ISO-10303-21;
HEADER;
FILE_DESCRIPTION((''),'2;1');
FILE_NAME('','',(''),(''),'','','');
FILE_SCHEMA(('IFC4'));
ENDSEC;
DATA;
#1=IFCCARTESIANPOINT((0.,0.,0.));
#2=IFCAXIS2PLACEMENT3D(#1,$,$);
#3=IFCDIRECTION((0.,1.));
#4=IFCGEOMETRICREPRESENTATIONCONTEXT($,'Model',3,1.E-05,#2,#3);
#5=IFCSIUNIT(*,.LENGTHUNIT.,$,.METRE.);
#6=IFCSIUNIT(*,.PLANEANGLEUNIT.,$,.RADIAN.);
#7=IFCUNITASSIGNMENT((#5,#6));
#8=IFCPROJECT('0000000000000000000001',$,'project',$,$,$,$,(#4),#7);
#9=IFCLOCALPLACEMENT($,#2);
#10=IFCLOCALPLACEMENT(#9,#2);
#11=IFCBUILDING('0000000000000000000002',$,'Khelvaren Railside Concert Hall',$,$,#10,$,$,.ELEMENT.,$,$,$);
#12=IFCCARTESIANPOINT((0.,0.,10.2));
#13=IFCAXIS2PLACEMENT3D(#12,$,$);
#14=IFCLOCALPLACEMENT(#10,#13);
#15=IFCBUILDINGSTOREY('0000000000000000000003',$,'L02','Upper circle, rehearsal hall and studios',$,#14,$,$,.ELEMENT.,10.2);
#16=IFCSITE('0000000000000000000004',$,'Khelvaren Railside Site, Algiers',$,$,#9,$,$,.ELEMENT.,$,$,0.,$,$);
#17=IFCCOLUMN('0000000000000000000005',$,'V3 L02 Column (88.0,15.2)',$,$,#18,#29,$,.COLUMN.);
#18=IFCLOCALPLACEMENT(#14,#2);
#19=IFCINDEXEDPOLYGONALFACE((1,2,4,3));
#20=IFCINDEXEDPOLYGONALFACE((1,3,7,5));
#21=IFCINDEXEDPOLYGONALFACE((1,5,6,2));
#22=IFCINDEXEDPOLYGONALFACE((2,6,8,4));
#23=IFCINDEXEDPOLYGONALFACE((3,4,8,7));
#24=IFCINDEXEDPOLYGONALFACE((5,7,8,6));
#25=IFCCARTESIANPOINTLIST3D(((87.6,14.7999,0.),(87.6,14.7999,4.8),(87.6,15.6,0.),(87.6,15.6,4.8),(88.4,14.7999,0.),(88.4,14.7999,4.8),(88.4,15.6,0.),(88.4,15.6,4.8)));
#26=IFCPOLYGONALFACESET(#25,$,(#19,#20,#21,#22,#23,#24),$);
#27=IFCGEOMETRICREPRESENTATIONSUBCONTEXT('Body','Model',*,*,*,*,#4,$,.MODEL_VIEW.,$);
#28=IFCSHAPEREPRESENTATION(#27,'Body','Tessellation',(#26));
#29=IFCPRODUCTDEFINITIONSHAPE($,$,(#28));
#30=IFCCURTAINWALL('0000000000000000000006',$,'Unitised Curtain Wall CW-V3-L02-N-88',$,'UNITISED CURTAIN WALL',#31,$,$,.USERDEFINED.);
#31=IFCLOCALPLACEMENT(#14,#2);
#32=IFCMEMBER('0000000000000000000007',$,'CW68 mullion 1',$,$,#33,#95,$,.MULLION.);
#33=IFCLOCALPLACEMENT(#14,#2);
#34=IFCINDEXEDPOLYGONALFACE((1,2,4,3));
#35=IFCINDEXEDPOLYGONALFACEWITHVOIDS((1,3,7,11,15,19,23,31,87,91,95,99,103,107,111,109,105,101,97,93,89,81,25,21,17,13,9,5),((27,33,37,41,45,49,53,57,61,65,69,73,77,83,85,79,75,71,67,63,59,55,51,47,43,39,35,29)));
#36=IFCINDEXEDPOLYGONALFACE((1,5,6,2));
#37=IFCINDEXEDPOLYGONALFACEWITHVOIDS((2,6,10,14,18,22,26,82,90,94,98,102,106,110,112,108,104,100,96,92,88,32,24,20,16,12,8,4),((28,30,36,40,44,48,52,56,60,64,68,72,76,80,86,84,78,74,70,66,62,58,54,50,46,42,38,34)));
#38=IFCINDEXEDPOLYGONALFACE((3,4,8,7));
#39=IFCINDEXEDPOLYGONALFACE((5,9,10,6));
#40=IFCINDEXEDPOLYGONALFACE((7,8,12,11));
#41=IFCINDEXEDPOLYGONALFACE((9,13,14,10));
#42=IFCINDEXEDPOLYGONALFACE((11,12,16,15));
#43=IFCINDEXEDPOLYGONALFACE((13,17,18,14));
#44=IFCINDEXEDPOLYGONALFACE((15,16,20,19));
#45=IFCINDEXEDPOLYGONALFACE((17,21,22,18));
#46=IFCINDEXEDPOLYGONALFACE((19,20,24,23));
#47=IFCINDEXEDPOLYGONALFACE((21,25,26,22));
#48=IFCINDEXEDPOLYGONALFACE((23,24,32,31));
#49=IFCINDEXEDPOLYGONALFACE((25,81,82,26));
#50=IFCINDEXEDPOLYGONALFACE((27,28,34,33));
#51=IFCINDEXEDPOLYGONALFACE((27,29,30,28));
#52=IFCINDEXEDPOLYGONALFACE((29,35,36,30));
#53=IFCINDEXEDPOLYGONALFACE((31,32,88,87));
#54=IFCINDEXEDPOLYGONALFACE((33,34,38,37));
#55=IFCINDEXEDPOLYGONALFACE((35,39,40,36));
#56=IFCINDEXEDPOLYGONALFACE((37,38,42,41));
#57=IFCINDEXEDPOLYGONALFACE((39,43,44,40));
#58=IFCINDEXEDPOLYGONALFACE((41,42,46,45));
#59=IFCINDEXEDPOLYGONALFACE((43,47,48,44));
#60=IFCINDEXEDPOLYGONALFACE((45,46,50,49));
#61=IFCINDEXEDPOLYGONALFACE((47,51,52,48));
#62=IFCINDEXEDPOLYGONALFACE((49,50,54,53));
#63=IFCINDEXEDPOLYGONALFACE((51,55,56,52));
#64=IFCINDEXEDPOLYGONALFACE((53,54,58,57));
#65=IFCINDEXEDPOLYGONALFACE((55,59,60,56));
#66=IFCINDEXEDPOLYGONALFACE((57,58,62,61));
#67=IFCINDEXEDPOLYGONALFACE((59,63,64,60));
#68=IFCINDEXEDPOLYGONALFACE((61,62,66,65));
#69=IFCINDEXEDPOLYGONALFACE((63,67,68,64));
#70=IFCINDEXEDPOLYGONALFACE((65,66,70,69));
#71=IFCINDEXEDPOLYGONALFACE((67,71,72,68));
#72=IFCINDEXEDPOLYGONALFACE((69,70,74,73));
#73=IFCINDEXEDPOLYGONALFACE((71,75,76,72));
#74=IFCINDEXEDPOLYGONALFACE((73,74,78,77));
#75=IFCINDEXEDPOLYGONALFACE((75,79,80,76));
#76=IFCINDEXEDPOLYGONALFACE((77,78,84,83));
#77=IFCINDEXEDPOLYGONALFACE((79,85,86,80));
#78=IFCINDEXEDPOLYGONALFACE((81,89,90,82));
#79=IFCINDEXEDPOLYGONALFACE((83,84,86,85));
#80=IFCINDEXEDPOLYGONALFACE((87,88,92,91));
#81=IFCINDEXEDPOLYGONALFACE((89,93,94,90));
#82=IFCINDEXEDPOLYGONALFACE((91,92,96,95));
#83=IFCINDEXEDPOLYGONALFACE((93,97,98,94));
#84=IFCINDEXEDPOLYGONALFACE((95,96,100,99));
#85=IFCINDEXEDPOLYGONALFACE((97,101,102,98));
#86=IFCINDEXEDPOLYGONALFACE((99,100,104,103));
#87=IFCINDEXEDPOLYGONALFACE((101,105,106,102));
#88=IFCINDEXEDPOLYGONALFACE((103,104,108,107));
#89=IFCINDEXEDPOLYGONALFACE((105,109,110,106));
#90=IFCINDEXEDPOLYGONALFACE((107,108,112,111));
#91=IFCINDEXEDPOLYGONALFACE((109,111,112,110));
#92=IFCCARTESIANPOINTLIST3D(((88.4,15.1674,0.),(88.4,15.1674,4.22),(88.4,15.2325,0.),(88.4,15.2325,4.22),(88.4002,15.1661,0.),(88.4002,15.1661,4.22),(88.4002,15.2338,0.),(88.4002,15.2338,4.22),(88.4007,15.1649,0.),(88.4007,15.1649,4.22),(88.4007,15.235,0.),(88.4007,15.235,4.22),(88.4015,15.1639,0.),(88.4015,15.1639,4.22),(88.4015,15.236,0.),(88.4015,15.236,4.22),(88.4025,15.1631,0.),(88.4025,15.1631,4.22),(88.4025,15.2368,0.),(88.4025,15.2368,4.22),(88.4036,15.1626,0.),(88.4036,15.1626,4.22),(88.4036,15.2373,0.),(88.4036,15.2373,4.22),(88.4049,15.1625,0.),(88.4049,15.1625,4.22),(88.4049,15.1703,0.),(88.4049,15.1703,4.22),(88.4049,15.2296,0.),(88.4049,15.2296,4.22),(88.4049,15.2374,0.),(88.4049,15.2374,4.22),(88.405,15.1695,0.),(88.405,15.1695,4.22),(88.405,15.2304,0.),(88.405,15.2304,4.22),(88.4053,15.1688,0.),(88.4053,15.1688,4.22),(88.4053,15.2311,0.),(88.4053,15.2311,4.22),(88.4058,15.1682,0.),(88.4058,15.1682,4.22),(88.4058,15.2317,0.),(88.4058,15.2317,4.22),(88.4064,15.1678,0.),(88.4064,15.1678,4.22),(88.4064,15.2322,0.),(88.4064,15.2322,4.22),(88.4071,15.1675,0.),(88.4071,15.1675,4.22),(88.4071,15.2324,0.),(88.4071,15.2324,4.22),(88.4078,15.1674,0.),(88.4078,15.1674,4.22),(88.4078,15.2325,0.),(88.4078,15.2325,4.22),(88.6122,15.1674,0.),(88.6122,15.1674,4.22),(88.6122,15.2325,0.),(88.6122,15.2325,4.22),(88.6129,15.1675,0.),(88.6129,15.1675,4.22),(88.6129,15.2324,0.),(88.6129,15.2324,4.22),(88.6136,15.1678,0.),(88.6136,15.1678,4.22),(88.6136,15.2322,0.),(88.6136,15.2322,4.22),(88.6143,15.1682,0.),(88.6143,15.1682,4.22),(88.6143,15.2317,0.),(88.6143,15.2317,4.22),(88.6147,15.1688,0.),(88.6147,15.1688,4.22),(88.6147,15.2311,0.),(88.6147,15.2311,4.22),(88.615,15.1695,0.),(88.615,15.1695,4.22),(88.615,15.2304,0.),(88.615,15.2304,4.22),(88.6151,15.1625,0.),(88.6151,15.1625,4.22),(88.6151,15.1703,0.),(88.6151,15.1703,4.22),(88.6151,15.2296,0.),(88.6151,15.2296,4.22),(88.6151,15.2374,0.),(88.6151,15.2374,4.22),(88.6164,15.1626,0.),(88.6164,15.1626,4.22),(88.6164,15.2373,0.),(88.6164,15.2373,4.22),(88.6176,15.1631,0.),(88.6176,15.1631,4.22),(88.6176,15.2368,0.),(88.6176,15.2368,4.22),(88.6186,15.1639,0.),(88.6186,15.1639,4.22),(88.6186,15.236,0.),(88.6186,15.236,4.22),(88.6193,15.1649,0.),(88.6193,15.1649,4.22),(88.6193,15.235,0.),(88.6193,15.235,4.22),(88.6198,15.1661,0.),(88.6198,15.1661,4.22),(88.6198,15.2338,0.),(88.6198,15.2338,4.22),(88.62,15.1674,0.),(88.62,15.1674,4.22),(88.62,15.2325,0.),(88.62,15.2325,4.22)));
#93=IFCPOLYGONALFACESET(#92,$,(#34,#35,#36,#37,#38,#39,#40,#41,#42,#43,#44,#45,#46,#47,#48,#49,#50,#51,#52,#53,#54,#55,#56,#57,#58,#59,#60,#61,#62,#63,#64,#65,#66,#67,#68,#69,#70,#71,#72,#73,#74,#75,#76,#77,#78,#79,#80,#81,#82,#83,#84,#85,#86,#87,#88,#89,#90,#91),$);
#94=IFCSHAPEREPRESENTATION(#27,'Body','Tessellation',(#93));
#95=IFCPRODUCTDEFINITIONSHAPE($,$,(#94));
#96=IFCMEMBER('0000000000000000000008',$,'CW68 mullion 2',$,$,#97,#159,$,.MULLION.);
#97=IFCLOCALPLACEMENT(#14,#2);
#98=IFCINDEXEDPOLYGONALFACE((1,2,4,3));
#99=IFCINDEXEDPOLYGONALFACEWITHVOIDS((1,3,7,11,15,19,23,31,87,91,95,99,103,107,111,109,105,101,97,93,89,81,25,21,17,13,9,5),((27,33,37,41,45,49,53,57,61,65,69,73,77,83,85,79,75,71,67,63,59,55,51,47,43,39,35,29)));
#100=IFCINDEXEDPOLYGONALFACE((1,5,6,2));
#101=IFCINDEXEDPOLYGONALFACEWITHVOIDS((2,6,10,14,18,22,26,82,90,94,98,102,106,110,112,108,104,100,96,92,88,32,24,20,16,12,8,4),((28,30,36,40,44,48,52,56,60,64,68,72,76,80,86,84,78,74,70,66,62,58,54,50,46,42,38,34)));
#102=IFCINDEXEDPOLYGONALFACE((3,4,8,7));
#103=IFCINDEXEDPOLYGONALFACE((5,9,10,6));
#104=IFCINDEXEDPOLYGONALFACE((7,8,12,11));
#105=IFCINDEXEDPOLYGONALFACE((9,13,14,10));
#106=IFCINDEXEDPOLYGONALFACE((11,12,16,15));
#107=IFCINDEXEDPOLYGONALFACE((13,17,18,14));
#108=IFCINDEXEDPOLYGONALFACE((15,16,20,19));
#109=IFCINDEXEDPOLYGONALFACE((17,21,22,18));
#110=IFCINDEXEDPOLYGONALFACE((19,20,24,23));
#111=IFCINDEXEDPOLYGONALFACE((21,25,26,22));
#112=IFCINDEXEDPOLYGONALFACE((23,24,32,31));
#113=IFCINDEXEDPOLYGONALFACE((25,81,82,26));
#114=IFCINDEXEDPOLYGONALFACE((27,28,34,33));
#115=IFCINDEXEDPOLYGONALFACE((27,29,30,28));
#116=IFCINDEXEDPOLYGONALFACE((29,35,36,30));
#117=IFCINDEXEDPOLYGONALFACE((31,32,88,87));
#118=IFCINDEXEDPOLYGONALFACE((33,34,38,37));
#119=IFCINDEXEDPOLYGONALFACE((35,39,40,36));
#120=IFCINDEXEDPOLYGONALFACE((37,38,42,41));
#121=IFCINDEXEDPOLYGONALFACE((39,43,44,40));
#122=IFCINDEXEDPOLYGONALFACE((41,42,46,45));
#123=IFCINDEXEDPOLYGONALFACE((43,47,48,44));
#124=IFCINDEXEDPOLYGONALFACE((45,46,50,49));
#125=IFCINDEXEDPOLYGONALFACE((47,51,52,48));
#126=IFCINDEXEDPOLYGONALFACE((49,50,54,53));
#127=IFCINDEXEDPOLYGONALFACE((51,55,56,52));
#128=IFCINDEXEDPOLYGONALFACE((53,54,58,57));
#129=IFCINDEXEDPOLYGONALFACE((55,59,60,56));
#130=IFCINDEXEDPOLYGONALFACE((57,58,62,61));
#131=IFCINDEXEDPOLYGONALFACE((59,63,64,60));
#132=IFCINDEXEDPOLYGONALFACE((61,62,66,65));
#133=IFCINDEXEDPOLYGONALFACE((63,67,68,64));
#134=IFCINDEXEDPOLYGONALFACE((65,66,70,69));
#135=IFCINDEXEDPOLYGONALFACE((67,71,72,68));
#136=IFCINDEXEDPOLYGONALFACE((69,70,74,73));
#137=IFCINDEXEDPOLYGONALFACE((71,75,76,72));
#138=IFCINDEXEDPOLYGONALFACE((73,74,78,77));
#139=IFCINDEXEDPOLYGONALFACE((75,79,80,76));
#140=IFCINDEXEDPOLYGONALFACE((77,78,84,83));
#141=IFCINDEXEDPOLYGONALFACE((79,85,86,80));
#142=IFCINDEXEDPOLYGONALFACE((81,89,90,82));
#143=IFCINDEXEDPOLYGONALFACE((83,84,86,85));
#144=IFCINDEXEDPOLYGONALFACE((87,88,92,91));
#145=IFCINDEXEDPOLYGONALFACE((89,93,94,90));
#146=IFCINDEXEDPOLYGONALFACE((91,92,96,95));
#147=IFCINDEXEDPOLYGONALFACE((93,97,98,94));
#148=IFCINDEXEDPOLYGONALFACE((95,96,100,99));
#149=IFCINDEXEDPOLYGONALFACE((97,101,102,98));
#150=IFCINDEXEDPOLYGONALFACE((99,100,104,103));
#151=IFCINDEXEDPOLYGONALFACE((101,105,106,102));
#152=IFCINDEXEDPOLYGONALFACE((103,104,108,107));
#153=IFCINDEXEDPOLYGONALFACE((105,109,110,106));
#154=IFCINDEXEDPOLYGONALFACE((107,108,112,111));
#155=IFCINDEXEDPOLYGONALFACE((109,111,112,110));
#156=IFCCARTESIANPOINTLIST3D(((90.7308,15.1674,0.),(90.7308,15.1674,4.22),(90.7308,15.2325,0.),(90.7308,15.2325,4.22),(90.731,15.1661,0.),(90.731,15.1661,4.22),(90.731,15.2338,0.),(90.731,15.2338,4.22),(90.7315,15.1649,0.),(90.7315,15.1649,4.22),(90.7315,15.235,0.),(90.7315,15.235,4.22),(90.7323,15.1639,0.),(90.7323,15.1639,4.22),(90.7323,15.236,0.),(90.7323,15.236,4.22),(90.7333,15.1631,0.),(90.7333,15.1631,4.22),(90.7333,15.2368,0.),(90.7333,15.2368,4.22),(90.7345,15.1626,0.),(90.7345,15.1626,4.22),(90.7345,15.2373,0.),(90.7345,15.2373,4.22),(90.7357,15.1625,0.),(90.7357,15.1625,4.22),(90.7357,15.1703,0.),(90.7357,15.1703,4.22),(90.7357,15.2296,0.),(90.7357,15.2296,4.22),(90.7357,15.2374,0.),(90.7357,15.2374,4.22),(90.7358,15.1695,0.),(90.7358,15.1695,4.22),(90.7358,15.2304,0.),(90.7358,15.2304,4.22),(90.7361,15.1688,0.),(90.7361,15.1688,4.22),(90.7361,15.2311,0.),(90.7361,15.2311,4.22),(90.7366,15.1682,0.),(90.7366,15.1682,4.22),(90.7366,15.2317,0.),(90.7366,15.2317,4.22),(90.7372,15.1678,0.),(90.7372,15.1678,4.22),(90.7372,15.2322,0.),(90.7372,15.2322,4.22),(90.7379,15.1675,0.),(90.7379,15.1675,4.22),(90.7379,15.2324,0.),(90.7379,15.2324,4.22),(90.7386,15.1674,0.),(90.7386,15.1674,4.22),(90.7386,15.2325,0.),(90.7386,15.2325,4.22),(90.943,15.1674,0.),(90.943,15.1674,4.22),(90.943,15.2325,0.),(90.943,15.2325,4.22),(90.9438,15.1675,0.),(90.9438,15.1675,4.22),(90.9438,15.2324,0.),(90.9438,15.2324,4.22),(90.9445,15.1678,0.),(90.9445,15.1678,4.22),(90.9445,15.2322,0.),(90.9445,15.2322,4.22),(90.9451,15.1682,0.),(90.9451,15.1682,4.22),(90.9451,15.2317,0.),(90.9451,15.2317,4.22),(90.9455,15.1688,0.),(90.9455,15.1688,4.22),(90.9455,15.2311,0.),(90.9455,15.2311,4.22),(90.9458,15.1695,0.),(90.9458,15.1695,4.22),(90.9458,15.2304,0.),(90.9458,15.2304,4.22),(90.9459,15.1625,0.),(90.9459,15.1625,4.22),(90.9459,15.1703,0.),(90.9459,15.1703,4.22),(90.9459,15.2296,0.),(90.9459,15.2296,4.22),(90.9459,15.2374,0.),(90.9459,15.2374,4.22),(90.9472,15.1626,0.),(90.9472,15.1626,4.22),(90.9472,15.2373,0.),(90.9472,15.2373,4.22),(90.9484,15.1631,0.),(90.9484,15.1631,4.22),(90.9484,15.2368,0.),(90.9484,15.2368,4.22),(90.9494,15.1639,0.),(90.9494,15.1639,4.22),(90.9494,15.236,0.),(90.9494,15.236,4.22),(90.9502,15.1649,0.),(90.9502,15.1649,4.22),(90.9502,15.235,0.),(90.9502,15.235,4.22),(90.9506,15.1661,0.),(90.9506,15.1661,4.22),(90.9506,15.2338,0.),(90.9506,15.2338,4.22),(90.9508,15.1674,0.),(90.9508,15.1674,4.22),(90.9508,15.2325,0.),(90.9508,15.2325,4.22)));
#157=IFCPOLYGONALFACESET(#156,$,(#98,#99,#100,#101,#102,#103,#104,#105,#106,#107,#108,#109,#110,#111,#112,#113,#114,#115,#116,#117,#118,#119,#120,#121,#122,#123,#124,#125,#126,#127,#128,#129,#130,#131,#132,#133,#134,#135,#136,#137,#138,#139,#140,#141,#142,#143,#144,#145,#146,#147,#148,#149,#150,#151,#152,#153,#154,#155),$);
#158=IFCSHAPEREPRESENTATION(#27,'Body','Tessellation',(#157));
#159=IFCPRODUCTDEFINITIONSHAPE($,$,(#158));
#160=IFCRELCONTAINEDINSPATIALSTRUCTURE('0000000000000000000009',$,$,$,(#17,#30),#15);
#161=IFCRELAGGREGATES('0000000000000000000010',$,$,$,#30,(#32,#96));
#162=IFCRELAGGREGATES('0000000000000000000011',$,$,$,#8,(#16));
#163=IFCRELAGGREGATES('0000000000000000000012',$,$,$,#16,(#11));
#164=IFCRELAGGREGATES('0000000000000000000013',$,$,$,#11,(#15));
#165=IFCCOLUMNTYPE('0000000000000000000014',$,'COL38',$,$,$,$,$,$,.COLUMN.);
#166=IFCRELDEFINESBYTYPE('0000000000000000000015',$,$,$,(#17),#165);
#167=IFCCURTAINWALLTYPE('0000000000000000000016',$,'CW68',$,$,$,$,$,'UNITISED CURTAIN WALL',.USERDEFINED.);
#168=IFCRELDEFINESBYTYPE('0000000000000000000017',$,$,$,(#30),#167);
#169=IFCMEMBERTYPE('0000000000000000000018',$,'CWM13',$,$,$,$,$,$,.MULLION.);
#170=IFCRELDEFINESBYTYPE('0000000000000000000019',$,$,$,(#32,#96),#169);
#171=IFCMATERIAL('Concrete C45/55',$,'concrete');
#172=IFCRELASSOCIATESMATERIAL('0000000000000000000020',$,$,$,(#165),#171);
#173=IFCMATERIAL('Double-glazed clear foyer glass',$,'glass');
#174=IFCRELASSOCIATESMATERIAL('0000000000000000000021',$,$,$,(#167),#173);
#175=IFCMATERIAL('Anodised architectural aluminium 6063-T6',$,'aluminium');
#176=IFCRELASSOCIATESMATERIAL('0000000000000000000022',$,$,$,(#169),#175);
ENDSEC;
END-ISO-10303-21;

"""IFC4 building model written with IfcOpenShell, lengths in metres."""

from ifc_helpers import new_model, si_unit, direction, frame, origin, origin_2d, place, context, subcontext, project, spatial, rectangle, hollow_rectangle, extrude, material, material_profile, profile_set, type_object, element, aggregate, save


model = new_model("IFC4")

# Units and contexts
model_context = context("Model", 3, precision=1e-05, world=origin(), true_north=direction((0.0, 1.0)))
body_context = subcontext(model_context, "Body", "Model", "MODEL_VIEW")
ifc_project = project(units=[si_unit("LENGTHUNIT", "METRE"), si_unit("PLANEANGLEUNIT", "RADIAN")], contexts=[model_context])

# Site, building, storey
site_placement = place(None, origin())
site = spatial("IfcSite", under=ifc_project, at=site_placement, Name="Khelvaren Railside Site, Algiers", CompositionType="ELEMENT", RefElevation=0.0)
building_placement = place(site_placement, origin())
building = spatial("IfcBuilding", under=site, at=building_placement, Name="Khelvaren Railside Concert Hall", CompositionType="ELEMENT")
storey_placement = place(building_placement, frame((0.0, 0.0, 10.2)))
storey = spatial("IfcBuildingStorey", under=building, at=storey_placement, Name="L02", Description="Upper circle, rehearsal hall and studios", CompositionType="ELEMENT", Elevation=10.2)

# Column
ifc_material_1 = material(Name="Concrete C45/55", Category="concrete")
ifc_material_profile_1 = material_profile(ifc_material_1, rectangle(XDim=0.8, YDim=0.8, at=origin_2d()), Name="RC 800x800")
ifc_profile_set_1 = profile_set([ifc_material_profile_1], Name="Concrete C45/55")
column_type = type_object("IfcColumnType", Name="COL38", PredefinedType="COLUMN", material=ifc_profile_set_1)
column_placement = place(storey_placement, frame((88.0, 15.2, 0.0), z_axis=(0.0, 0.0, 1.0), x_axis=(1.0, 0.0, 0.0)))
element("IfcColumn", 1, at=column_placement, inside=storey, type_object=column_type, Name="V3 L02 Column (88.0,15.2)", PredefinedType="COLUMN", context=body_context, shape_type="SweptSolid", body=[
    extrude(rectangle(XDim=0.8, YDim=0.8, at=origin_2d()), origin(), (0.0, 0.0, 1.0), 4.8),
])

# Curtain wall, members
ifc_material_2 = material(Name="Double-glazed clear foyer glass", Category="glass")
curtain_wall_type = type_object("IfcCurtainWallType", Name="CW68", ElementType="UNITISED CURTAIN WALL", PredefinedType="USERDEFINED", material=ifc_material_2)
curtain_wall_placement = place(storey_placement, origin())
curtain_wall = element("IfcCurtainWall", 2, at=curtain_wall_placement, inside=storey, type_object=curtain_wall_type, Name="Unitised Curtain Wall CW-V3-L02-N-88", ObjectType="UNITISED CURTAIN WALL", PredefinedType="USERDEFINED")
ifc_material_3 = material(Name="Anodised architectural aluminium 6063-T6", Category="aluminium")
ifc_material_profile_2 = material_profile(ifc_material_3, hollow_rectangle(XDim=0.075, YDim=0.22, WallThickness=0.0049, InnerFilletRadius=0.0029, OuterFilletRadius=0.0049, at=origin_2d()), Name="CWM 75x220x5")
ifc_profile_set_2 = profile_set([ifc_material_profile_2], Name="Anodised architectural aluminium 6063-T6")
member_type_1 = type_object("IfcMemberType", Name="CWM13", PredefinedType="MULLION", material=ifc_profile_set_2)
member_1_placement = place(storey_placement, frame((88.51, 15.2, 0.0), z_axis=(0.0, 0.0, 1.0), x_axis=(0.0, 1.0, 0.0)))
member_1 = element("IfcMember", 3, at=member_1_placement, type_object=member_type_1, Name="CW68 mullion 1", PredefinedType="MULLION", context=body_context, shape_type="SweptSolid", body=[
    extrude(hollow_rectangle(XDim=0.075, YDim=0.22, WallThickness=0.0049, InnerFilletRadius=0.0029, OuterFilletRadius=0.0049, at=origin_2d()), origin(), (0.0, 0.0, 1.0), 4.22),
])
member_2_placement = place(storey_placement, frame((90.8408, 15.2, 0.0), z_axis=(0.0, 0.0, 1.0), x_axis=(0.0, 1.0, 0.0)))
member_2 = element("IfcMember", 4, at=member_2_placement, type_object=member_type_1, Name="CW68 mullion 2", PredefinedType="MULLION", context=body_context, shape_type="SweptSolid", body=[
    extrude(hollow_rectangle(XDim=0.075, YDim=0.22, WallThickness=0.0049, InnerFilletRadius=0.0029, OuterFilletRadius=0.0049, at=origin_2d()), origin(), (0.0, 0.0, 1.0), 4.22),
])

aggregate(curtain_wall, [member_1, member_2])

save(model, "model.ifc")
